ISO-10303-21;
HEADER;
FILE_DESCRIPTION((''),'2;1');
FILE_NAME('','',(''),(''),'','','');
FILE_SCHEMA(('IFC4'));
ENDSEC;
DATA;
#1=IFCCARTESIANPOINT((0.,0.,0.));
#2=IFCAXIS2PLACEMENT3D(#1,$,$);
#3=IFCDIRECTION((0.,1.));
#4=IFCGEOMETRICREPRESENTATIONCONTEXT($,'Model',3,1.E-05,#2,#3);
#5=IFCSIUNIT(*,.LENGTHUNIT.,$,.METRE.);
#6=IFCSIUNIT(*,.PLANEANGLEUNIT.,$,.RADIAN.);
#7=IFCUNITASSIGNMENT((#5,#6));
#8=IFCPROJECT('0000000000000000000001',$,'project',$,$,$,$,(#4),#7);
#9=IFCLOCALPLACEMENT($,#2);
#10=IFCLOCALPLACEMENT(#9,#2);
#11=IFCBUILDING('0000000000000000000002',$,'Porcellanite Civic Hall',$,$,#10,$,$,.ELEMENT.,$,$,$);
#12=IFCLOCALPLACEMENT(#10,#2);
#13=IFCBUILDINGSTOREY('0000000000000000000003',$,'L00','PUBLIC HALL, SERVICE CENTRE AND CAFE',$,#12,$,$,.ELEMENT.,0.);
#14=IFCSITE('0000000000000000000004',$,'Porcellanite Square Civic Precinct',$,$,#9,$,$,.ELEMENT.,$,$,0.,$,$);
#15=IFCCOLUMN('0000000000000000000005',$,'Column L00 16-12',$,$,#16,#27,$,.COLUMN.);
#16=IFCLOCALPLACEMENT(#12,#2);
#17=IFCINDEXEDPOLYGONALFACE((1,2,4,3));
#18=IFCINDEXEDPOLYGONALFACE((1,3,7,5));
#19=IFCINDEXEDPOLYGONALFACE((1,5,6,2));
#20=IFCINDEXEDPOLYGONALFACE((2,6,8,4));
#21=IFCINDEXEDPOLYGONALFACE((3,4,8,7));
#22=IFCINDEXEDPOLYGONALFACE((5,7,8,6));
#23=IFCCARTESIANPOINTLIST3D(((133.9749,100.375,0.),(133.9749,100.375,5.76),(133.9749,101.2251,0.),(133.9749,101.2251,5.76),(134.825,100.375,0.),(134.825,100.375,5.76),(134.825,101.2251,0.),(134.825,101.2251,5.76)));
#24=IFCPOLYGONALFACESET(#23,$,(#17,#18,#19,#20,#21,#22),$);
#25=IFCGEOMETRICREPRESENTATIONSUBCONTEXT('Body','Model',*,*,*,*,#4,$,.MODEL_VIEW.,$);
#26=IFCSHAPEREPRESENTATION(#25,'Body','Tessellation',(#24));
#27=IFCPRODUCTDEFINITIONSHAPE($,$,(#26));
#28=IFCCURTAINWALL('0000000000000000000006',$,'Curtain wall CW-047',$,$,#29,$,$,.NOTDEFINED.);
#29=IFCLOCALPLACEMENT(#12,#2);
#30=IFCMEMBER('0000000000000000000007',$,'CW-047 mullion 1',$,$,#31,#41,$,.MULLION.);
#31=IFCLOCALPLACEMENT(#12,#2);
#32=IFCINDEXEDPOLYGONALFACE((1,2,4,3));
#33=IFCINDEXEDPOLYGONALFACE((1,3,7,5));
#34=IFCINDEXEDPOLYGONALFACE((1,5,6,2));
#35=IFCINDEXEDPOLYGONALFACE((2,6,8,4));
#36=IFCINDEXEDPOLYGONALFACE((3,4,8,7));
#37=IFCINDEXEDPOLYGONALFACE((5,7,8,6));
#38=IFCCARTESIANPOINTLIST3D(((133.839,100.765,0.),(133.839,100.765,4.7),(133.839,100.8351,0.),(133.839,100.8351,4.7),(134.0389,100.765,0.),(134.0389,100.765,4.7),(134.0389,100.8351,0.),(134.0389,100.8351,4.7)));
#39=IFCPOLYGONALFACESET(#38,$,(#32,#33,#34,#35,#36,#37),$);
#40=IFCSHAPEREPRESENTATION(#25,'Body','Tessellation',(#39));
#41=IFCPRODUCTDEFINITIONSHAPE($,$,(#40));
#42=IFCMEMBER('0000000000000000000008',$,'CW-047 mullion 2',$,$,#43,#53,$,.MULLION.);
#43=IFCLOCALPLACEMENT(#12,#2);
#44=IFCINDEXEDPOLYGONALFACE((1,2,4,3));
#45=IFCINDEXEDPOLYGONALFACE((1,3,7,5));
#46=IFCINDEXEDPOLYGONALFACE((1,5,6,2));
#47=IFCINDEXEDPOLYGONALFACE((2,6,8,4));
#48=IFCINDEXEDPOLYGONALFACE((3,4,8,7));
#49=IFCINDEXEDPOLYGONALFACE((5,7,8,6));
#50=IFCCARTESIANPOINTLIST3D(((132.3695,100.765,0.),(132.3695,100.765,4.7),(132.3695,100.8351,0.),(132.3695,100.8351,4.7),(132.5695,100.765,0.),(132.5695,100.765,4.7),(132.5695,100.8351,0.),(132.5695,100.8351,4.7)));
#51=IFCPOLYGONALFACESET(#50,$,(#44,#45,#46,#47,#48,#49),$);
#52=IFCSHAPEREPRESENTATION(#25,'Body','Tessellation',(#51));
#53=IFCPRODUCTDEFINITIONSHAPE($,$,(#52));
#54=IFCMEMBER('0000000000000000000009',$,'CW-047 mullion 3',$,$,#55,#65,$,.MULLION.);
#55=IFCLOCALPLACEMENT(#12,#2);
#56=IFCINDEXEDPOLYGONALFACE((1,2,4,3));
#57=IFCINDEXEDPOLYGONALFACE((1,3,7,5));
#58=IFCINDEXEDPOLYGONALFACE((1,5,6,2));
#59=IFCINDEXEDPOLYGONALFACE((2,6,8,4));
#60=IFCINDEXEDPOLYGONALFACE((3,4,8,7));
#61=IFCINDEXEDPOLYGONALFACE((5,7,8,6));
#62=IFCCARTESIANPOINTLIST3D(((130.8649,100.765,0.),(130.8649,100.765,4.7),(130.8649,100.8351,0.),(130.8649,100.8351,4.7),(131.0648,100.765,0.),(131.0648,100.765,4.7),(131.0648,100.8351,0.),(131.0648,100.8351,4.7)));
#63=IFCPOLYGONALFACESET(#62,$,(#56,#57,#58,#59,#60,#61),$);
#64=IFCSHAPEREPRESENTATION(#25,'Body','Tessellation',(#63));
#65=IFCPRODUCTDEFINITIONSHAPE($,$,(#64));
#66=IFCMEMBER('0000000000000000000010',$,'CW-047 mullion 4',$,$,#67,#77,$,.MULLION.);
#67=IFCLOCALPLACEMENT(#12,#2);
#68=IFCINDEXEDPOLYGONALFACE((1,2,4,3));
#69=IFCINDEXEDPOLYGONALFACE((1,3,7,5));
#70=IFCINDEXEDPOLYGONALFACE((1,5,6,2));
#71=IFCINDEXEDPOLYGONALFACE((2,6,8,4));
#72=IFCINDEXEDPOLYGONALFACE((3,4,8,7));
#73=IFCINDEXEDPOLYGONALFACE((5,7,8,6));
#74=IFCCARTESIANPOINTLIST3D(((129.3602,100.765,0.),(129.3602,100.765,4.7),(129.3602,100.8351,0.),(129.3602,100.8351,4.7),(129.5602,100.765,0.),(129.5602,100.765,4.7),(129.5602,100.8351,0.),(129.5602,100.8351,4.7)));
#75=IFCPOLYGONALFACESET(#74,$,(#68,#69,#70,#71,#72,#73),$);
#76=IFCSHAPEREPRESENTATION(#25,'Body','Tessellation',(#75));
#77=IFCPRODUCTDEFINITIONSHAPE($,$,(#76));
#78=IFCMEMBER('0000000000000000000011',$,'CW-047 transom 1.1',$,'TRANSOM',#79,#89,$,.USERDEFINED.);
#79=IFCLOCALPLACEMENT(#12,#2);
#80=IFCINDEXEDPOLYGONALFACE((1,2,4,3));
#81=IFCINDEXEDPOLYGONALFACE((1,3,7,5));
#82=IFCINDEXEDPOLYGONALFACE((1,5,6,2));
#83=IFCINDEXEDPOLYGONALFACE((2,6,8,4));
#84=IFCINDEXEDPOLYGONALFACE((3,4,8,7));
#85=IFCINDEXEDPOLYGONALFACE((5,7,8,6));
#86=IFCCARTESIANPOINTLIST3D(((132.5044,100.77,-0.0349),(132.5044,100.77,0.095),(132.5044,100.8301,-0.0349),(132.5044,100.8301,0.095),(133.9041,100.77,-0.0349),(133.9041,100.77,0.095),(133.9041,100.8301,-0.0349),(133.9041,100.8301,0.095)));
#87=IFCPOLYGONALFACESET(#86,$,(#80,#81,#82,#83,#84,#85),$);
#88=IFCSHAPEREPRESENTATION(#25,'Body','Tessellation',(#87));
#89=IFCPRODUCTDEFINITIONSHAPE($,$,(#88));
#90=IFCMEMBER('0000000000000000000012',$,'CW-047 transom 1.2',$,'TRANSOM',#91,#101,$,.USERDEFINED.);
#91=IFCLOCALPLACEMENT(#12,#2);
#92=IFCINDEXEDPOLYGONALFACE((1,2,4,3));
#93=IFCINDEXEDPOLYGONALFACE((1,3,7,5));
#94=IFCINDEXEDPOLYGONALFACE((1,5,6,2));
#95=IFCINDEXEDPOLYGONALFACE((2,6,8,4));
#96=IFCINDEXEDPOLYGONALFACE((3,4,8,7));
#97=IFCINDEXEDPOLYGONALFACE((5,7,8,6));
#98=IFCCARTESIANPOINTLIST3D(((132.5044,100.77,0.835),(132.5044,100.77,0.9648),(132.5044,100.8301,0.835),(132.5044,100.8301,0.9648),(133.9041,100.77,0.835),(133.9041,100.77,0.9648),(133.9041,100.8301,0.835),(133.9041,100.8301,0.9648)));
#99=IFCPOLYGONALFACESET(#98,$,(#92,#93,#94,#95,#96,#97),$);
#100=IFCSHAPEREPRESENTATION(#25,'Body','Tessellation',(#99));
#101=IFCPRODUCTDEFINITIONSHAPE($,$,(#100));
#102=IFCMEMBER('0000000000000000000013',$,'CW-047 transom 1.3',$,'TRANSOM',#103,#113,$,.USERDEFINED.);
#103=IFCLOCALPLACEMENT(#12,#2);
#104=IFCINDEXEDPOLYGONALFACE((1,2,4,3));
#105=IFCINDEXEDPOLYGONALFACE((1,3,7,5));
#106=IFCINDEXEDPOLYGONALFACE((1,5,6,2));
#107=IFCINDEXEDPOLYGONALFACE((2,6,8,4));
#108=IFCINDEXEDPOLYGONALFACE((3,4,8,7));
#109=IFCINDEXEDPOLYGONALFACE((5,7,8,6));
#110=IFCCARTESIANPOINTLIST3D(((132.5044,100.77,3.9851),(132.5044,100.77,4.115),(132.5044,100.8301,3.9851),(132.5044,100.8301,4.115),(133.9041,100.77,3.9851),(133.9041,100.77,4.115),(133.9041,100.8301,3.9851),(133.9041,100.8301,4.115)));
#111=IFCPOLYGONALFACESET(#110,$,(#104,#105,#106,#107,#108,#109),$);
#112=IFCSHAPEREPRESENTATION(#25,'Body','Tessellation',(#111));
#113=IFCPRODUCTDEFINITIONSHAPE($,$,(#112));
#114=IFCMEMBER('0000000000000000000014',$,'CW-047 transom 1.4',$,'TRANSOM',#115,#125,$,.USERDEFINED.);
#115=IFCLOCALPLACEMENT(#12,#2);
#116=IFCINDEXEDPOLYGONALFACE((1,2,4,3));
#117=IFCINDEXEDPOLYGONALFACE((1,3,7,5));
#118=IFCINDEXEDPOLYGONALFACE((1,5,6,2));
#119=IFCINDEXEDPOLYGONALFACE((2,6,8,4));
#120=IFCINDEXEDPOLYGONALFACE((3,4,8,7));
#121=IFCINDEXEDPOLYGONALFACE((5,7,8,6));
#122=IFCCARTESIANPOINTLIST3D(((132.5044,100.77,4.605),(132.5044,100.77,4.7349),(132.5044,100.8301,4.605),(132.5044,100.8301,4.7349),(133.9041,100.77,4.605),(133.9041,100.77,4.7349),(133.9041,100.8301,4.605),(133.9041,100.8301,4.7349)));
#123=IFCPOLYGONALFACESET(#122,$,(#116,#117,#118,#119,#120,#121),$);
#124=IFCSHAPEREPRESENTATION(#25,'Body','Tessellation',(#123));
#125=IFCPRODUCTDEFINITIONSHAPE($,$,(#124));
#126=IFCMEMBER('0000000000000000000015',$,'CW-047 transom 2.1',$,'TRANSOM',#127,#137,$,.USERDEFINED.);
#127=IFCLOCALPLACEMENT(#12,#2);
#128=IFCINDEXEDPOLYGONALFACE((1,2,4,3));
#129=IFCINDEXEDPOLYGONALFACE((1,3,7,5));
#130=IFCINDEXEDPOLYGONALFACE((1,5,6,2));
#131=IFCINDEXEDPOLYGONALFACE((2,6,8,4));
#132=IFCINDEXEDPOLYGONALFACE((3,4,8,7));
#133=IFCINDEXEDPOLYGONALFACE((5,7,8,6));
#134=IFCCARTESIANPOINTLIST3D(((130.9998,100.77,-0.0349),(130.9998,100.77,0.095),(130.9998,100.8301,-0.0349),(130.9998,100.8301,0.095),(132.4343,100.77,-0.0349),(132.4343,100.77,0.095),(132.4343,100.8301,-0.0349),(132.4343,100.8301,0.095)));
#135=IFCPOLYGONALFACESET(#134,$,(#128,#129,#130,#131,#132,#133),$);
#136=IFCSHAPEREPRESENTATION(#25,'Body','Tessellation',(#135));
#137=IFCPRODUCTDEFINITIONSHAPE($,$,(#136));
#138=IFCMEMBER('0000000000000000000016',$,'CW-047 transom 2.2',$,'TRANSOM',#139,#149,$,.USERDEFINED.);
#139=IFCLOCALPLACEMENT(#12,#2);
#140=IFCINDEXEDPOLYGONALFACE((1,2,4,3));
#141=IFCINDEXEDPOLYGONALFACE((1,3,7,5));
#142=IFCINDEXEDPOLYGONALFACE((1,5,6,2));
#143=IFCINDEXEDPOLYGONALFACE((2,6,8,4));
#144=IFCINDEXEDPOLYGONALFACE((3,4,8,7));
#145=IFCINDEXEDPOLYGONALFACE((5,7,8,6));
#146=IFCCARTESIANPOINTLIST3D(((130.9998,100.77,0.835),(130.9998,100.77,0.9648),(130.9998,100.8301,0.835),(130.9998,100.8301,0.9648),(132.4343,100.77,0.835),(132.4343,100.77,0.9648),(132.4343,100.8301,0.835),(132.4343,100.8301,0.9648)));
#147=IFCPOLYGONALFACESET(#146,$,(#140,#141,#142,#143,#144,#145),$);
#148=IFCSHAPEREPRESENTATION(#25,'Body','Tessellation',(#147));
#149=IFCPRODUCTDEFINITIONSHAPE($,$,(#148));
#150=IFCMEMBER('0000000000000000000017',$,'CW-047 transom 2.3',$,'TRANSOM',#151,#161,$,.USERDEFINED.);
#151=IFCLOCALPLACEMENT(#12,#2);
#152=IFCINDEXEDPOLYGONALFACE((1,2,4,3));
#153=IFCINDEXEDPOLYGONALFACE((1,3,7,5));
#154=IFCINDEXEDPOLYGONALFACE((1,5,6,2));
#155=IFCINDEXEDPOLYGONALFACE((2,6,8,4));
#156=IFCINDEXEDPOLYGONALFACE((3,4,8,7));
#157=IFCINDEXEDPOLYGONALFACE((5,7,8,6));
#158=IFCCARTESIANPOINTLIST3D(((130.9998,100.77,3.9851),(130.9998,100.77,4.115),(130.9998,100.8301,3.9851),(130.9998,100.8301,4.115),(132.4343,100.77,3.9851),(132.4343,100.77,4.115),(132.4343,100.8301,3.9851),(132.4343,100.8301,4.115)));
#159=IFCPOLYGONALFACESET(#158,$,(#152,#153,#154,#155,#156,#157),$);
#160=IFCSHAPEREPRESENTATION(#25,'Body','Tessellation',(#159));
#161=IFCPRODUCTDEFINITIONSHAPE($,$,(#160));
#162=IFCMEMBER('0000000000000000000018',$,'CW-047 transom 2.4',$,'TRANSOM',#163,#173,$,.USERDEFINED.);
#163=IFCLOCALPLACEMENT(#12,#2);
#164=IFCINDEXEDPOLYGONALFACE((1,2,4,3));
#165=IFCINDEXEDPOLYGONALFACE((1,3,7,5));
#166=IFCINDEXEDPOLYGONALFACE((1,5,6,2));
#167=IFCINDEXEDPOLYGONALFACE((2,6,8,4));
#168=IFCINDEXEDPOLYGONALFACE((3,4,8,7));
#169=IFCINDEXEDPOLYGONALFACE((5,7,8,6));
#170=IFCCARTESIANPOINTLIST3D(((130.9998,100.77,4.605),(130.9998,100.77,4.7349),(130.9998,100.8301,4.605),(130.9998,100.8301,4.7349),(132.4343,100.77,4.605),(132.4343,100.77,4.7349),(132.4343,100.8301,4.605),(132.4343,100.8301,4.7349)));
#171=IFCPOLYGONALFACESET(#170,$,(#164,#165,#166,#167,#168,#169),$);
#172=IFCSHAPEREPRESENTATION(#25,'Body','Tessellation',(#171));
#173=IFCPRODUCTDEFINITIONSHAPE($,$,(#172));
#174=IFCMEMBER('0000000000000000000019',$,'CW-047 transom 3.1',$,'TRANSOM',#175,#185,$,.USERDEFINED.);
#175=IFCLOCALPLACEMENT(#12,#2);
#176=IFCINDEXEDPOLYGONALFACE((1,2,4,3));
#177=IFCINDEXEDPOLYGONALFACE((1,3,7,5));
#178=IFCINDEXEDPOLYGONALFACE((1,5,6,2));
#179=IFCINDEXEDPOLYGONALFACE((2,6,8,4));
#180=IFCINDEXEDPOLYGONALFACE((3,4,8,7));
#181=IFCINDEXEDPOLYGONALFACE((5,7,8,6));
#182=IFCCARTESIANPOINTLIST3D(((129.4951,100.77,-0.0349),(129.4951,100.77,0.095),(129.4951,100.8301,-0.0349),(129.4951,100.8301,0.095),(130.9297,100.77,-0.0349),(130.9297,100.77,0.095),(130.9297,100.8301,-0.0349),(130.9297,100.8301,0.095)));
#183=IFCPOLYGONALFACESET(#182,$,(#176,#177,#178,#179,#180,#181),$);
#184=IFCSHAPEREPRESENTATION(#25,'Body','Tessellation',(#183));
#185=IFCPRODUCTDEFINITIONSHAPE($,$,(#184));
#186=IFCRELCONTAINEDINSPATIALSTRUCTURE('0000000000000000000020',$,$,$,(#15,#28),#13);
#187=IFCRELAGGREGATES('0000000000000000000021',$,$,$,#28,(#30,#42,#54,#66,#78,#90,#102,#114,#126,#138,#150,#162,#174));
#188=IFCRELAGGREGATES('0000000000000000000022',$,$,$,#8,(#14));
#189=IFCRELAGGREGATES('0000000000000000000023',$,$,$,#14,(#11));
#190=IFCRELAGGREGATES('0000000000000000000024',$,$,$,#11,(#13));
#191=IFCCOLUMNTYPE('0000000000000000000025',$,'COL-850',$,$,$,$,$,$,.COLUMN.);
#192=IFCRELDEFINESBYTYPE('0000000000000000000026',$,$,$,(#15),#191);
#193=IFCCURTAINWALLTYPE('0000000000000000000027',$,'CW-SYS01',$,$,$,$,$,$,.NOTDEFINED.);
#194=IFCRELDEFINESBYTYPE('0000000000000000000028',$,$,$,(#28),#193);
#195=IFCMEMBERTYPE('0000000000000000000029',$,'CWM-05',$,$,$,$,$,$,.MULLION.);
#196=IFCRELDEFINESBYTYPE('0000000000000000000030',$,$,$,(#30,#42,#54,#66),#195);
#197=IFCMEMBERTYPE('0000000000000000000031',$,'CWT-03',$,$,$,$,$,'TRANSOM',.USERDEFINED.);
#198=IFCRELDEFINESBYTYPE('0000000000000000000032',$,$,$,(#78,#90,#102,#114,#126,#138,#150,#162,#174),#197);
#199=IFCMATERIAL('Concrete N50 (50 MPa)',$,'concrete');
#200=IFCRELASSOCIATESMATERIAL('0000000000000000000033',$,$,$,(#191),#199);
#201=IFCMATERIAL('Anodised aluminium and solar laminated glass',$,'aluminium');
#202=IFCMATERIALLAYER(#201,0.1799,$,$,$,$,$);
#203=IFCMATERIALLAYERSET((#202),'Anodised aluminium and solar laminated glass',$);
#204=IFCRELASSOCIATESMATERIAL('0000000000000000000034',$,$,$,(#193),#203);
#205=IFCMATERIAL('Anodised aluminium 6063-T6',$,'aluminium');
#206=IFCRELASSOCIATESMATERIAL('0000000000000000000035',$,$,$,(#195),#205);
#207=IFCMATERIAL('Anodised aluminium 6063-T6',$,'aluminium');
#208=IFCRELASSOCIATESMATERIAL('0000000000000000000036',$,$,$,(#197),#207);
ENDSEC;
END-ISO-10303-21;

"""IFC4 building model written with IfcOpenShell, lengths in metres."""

from ifc_helpers import new_model, si_unit, direction, frame, origin, origin_2d, place, context, subcontext, project, spatial, rectangle, extrude, material, layer, layer_set, material_profile, profile_set, type_object, element, aggregate, save


model = new_model("IFC4")

# Units and contexts
model_context = context("Model", 3, precision=1e-05, world=origin(), true_north=direction((0.0, 1.0)))
body_context = subcontext(model_context, "Body", "Model", "MODEL_VIEW")
ifc_project = project(units=[si_unit("LENGTHUNIT", "METRE"), si_unit("PLANEANGLEUNIT", "RADIAN")], contexts=[model_context])

# Site, building, storey
site_placement = place(None, origin())
site = spatial("IfcSite", under=ifc_project, at=site_placement, Name="Porcellanite Square Civic Precinct", CompositionType="ELEMENT", RefElevation=0.0)
building_placement = place(site_placement, origin())
building = spatial("IfcBuilding", under=site, at=building_placement, Name="Porcellanite Civic Hall", CompositionType="ELEMENT")
storey_placement = place(building_placement, origin())
storey = spatial("IfcBuildingStorey", under=building, at=storey_placement, Name="L00", Description="PUBLIC HALL, SERVICE CENTRE AND CAFE", CompositionType="ELEMENT", Elevation=0.0)

# Column
ifc_material_1 = material(Name="Concrete N50 (50 MPa)", Category="concrete")
ifc_material_profile_1 = material_profile(ifc_material_1, rectangle(XDim=0.8501, YDim=0.8501, at=origin_2d()), Name="RC-850x850")
ifc_profile_set_1 = profile_set([ifc_material_profile_1], Name="Concrete N50 (50 MPa)")
column_type = type_object("IfcColumnType", Name="COL-850", PredefinedType="COLUMN", material=ifc_profile_set_1)
column_placement = place(storey_placement, frame((134.3999, 100.8, 0.0), z_axis=(0.0, 0.0, 1.0), x_axis=(1.0, 0.0, 0.0)))
element("IfcColumn", 1, at=column_placement, inside=storey, type_object=column_type, Name="Column L00 16-12", PredefinedType="COLUMN", context=body_context, shape_type="SweptSolid", body=[
    extrude(rectangle(XDim=0.8501, YDim=0.8501, at=origin_2d()), origin(), (0.0, 0.0, 1.0), 5.76),
])

# Curtain wall, members
ifc_material_2 = material(Name="Anodised aluminium and solar laminated glass", Category="aluminium")
ifc_layer_1 = layer(ifc_material_2, 0.1799)
ifc_layer_set_1 = layer_set([ifc_layer_1], Name="Anodised aluminium and solar laminated glass")
curtain_wall_type = type_object("IfcCurtainWallType", Name="CW-SYS01", PredefinedType="NOTDEFINED", material=ifc_layer_set_1)
curtain_wall_placement = place(storey_placement, origin())
curtain_wall = element("IfcCurtainWall", 2, at=curtain_wall_placement, inside=storey, type_object=curtain_wall_type, Name="Curtain wall CW-047", PredefinedType="NOTDEFINED")
ifc_material_3 = material(Name="Anodised aluminium 6063-T6", Category="aluminium")
ifc_material_profile_2 = material_profile(ifc_material_3, rectangle(XDim=0.0701, YDim=0.2, at=origin_2d()), Name="AL-70x200")
ifc_profile_set_2 = profile_set([ifc_material_profile_2], Name="Anodised aluminium 6063-T6")
member_type_1 = type_object("IfcMemberType", Name="CWM-05", PredefinedType="MULLION", material=ifc_profile_set_2)
member_1_placement = place(storey_placement, frame((133.939, 100.8, 0.0), z_axis=(0.0, 0.0, 1.0), x_axis=(0.0, -1.0, 0.0)))
member_1 = element("IfcMember", 3, at=member_1_placement, type_object=member_type_1, Name="CW-047 mullion 1", PredefinedType="MULLION", context=body_context, shape_type="SweptSolid", body=[
    extrude(rectangle(XDim=0.0701, YDim=0.2, at=origin_2d()), origin(), (0.0, 0.0, 1.0), 4.7),
])
member_2_placement = place(storey_placement, frame((132.4695, 100.8, 0.0), z_axis=(0.0, 0.0, 1.0), x_axis=(0.0, -1.0, 0.0)))
member_2 = element("IfcMember", 4, at=member_2_placement, type_object=member_type_1, Name="CW-047 mullion 2", PredefinedType="MULLION", context=body_context, shape_type="SweptSolid", body=[
    extrude(rectangle(XDim=0.0701, YDim=0.2, at=origin_2d()), origin(), (0.0, 0.0, 1.0), 4.7),
])
member_3_placement = place(storey_placement, frame((130.9648, 100.8, 0.0), z_axis=(0.0, 0.0, 1.0), x_axis=(0.0, -1.0, 0.0)))
member_3 = element("IfcMember", 5, at=member_3_placement, type_object=member_type_1, Name="CW-047 mullion 3", PredefinedType="MULLION", context=body_context, shape_type="SweptSolid", body=[
    extrude(rectangle(XDim=0.0701, YDim=0.2, at=origin_2d()), origin(), (0.0, 0.0, 1.0), 4.7),
])
member_4_placement = place(storey_placement, frame((129.4602, 100.8, 0.0), z_axis=(0.0, 0.0, 1.0), x_axis=(0.0, -1.0, 0.0)))
member_4 = element("IfcMember", 6, at=member_4_placement, type_object=member_type_1, Name="CW-047 mullion 4", PredefinedType="MULLION", context=body_context, shape_type="SweptSolid", body=[
    extrude(rectangle(XDim=0.0701, YDim=0.2, at=origin_2d()), origin(), (0.0, 0.0, 1.0), 4.7),
])
ifc_material_4 = material(Name="Anodised aluminium 6063-T6", Category="aluminium")
ifc_material_profile_3 = material_profile(ifc_material_4, rectangle(XDim=0.0601, YDim=0.1299, at=origin_2d()), Name="AL-60x130")
ifc_profile_set_3 = profile_set([ifc_material_profile_3], Name="Anodised aluminium 6063-T6")
member_type_2 = type_object("IfcMemberType", Name="CWT-03", ElementType="TRANSOM", PredefinedType="USERDEFINED", material=ifc_profile_set_3)
member_5_placement = place(storey_placement, frame((133.9041, 100.8, 0.03), z_axis=(-1.0, 0.0, 0.0), x_axis=(0.0, -1.0, 0.0)))
member_5 = element("IfcMember", 7, at=member_5_placement, type_object=member_type_2, Name="CW-047 transom 1.1", ObjectType="TRANSOM", PredefinedType="USERDEFINED", context=body_context, shape_type="SweptSolid", body=[
    extrude(rectangle(XDim=0.0601, YDim=0.1299, at=origin_2d()), origin(), (0.0, 0.0, 1.0), 1.3997),
])
member_6_placement = place(storey_placement, frame((133.9041, 100.8, 0.8999), z_axis=(-1.0, 0.0, 0.0), x_axis=(0.0, -1.0, 0.0)))
member_6 = element("IfcMember", 8, at=member_6_placement, type_object=member_type_2, Name="CW-047 transom 1.2", ObjectType="TRANSOM", PredefinedType="USERDEFINED", context=body_context, shape_type="SweptSolid", body=[
    extrude(rectangle(XDim=0.0601, YDim=0.1299, at=origin_2d()), origin(), (0.0, 0.0, 1.0), 1.3997),
])
member_7_placement = place(storey_placement, frame((133.9041, 100.8, 4.05), z_axis=(-1.0, 0.0, 0.0), x_axis=(0.0, -1.0, 0.0)))
member_7 = element("IfcMember", 9, at=member_7_placement, type_object=member_type_2, Name="CW-047 transom 1.3", ObjectType="TRANSOM", PredefinedType="USERDEFINED", context=body_context, shape_type="SweptSolid", body=[
    extrude(rectangle(XDim=0.0601, YDim=0.1299, at=origin_2d()), origin(), (0.0, 0.0, 1.0), 1.3997),
])
member_8_placement = place(storey_placement, frame((133.9041, 100.8, 4.6699), z_axis=(-1.0, 0.0, 0.0), x_axis=(0.0, -1.0, 0.0)))
member_8 = element("IfcMember", 10, at=member_8_placement, type_object=member_type_2, Name="CW-047 transom 1.4", ObjectType="TRANSOM", PredefinedType="USERDEFINED", context=body_context, shape_type="SweptSolid", body=[
    extrude(rectangle(XDim=0.0601, YDim=0.1299, at=origin_2d()), origin(), (0.0, 0.0, 1.0), 1.3997),
])
member_9_placement = place(storey_placement, frame((132.4343, 100.8, 0.03), z_axis=(-1.0, 0.0, 0.0), x_axis=(0.0, -1.0, 0.0)))
member_9 = element("IfcMember", 11, at=member_9_placement, type_object=member_type_2, Name="CW-047 transom 2.1", ObjectType="TRANSOM", PredefinedType="USERDEFINED", context=body_context, shape_type="SweptSolid", body=[
    extrude(rectangle(XDim=0.0601, YDim=0.1299, at=origin_2d()), origin(), (0.0, 0.0, 1.0), 1.4346),
])
member_10_placement = place(storey_placement, frame((132.4343, 100.8, 0.8999), z_axis=(-1.0, 0.0, 0.0), x_axis=(0.0, -1.0, 0.0)))
member_10 = element("IfcMember", 12, at=member_10_placement, type_object=member_type_2, Name="CW-047 transom 2.2", ObjectType="TRANSOM", PredefinedType="USERDEFINED", context=body_context, shape_type="SweptSolid", body=[
    extrude(rectangle(XDim=0.0601, YDim=0.1299, at=origin_2d()), origin(), (0.0, 0.0, 1.0), 1.4346),
])
member_11_placement = place(storey_placement, frame((132.4343, 100.8, 4.05), z_axis=(-1.0, 0.0, 0.0), x_axis=(0.0, -1.0, 0.0)))
member_11 = element("IfcMember", 13, at=member_11_placement, type_object=member_type_2, Name="CW-047 transom 2.3", ObjectType="TRANSOM", PredefinedType="USERDEFINED", context=body_context, shape_type="SweptSolid", body=[
    extrude(rectangle(XDim=0.0601, YDim=0.1299, at=origin_2d()), origin(), (0.0, 0.0, 1.0), 1.4346),
])
member_12_placement = place(storey_placement, frame((132.4343, 100.8, 4.6699), z_axis=(-1.0, 0.0, 0.0), x_axis=(0.0, -1.0, 0.0)))
member_12 = element("IfcMember", 14, at=member_12_placement, type_object=member_type_2, Name="CW-047 transom 2.4", ObjectType="TRANSOM", PredefinedType="USERDEFINED", context=body_context, shape_type="SweptSolid", body=[
    extrude(rectangle(XDim=0.0601, YDim=0.1299, at=origin_2d()), origin(), (0.0, 0.0, 1.0), 1.4346),
])
member_13_placement = place(storey_placement, frame((130.9297, 100.8, 0.03), z_axis=(-1.0, 0.0, 0.0), x_axis=(0.0, -1.0, 0.0)))
member_13 = element("IfcMember", 15, at=member_13_placement, type_object=member_type_2, Name="CW-047 transom 3.1", ObjectType="TRANSOM", PredefinedType="USERDEFINED", context=body_context, shape_type="SweptSolid", body=[
    extrude(rectangle(XDim=0.0601, YDim=0.1299, at=origin_2d()), origin(), (0.0, 0.0, 1.0), 1.4346),
])
aggregate(curtain_wall, [member_1, member_2, member_3, member_4, member_5, member_6, member_7, member_8, member_9, member_10, member_11, member_12, member_13])

save(model, "model.ifc")
